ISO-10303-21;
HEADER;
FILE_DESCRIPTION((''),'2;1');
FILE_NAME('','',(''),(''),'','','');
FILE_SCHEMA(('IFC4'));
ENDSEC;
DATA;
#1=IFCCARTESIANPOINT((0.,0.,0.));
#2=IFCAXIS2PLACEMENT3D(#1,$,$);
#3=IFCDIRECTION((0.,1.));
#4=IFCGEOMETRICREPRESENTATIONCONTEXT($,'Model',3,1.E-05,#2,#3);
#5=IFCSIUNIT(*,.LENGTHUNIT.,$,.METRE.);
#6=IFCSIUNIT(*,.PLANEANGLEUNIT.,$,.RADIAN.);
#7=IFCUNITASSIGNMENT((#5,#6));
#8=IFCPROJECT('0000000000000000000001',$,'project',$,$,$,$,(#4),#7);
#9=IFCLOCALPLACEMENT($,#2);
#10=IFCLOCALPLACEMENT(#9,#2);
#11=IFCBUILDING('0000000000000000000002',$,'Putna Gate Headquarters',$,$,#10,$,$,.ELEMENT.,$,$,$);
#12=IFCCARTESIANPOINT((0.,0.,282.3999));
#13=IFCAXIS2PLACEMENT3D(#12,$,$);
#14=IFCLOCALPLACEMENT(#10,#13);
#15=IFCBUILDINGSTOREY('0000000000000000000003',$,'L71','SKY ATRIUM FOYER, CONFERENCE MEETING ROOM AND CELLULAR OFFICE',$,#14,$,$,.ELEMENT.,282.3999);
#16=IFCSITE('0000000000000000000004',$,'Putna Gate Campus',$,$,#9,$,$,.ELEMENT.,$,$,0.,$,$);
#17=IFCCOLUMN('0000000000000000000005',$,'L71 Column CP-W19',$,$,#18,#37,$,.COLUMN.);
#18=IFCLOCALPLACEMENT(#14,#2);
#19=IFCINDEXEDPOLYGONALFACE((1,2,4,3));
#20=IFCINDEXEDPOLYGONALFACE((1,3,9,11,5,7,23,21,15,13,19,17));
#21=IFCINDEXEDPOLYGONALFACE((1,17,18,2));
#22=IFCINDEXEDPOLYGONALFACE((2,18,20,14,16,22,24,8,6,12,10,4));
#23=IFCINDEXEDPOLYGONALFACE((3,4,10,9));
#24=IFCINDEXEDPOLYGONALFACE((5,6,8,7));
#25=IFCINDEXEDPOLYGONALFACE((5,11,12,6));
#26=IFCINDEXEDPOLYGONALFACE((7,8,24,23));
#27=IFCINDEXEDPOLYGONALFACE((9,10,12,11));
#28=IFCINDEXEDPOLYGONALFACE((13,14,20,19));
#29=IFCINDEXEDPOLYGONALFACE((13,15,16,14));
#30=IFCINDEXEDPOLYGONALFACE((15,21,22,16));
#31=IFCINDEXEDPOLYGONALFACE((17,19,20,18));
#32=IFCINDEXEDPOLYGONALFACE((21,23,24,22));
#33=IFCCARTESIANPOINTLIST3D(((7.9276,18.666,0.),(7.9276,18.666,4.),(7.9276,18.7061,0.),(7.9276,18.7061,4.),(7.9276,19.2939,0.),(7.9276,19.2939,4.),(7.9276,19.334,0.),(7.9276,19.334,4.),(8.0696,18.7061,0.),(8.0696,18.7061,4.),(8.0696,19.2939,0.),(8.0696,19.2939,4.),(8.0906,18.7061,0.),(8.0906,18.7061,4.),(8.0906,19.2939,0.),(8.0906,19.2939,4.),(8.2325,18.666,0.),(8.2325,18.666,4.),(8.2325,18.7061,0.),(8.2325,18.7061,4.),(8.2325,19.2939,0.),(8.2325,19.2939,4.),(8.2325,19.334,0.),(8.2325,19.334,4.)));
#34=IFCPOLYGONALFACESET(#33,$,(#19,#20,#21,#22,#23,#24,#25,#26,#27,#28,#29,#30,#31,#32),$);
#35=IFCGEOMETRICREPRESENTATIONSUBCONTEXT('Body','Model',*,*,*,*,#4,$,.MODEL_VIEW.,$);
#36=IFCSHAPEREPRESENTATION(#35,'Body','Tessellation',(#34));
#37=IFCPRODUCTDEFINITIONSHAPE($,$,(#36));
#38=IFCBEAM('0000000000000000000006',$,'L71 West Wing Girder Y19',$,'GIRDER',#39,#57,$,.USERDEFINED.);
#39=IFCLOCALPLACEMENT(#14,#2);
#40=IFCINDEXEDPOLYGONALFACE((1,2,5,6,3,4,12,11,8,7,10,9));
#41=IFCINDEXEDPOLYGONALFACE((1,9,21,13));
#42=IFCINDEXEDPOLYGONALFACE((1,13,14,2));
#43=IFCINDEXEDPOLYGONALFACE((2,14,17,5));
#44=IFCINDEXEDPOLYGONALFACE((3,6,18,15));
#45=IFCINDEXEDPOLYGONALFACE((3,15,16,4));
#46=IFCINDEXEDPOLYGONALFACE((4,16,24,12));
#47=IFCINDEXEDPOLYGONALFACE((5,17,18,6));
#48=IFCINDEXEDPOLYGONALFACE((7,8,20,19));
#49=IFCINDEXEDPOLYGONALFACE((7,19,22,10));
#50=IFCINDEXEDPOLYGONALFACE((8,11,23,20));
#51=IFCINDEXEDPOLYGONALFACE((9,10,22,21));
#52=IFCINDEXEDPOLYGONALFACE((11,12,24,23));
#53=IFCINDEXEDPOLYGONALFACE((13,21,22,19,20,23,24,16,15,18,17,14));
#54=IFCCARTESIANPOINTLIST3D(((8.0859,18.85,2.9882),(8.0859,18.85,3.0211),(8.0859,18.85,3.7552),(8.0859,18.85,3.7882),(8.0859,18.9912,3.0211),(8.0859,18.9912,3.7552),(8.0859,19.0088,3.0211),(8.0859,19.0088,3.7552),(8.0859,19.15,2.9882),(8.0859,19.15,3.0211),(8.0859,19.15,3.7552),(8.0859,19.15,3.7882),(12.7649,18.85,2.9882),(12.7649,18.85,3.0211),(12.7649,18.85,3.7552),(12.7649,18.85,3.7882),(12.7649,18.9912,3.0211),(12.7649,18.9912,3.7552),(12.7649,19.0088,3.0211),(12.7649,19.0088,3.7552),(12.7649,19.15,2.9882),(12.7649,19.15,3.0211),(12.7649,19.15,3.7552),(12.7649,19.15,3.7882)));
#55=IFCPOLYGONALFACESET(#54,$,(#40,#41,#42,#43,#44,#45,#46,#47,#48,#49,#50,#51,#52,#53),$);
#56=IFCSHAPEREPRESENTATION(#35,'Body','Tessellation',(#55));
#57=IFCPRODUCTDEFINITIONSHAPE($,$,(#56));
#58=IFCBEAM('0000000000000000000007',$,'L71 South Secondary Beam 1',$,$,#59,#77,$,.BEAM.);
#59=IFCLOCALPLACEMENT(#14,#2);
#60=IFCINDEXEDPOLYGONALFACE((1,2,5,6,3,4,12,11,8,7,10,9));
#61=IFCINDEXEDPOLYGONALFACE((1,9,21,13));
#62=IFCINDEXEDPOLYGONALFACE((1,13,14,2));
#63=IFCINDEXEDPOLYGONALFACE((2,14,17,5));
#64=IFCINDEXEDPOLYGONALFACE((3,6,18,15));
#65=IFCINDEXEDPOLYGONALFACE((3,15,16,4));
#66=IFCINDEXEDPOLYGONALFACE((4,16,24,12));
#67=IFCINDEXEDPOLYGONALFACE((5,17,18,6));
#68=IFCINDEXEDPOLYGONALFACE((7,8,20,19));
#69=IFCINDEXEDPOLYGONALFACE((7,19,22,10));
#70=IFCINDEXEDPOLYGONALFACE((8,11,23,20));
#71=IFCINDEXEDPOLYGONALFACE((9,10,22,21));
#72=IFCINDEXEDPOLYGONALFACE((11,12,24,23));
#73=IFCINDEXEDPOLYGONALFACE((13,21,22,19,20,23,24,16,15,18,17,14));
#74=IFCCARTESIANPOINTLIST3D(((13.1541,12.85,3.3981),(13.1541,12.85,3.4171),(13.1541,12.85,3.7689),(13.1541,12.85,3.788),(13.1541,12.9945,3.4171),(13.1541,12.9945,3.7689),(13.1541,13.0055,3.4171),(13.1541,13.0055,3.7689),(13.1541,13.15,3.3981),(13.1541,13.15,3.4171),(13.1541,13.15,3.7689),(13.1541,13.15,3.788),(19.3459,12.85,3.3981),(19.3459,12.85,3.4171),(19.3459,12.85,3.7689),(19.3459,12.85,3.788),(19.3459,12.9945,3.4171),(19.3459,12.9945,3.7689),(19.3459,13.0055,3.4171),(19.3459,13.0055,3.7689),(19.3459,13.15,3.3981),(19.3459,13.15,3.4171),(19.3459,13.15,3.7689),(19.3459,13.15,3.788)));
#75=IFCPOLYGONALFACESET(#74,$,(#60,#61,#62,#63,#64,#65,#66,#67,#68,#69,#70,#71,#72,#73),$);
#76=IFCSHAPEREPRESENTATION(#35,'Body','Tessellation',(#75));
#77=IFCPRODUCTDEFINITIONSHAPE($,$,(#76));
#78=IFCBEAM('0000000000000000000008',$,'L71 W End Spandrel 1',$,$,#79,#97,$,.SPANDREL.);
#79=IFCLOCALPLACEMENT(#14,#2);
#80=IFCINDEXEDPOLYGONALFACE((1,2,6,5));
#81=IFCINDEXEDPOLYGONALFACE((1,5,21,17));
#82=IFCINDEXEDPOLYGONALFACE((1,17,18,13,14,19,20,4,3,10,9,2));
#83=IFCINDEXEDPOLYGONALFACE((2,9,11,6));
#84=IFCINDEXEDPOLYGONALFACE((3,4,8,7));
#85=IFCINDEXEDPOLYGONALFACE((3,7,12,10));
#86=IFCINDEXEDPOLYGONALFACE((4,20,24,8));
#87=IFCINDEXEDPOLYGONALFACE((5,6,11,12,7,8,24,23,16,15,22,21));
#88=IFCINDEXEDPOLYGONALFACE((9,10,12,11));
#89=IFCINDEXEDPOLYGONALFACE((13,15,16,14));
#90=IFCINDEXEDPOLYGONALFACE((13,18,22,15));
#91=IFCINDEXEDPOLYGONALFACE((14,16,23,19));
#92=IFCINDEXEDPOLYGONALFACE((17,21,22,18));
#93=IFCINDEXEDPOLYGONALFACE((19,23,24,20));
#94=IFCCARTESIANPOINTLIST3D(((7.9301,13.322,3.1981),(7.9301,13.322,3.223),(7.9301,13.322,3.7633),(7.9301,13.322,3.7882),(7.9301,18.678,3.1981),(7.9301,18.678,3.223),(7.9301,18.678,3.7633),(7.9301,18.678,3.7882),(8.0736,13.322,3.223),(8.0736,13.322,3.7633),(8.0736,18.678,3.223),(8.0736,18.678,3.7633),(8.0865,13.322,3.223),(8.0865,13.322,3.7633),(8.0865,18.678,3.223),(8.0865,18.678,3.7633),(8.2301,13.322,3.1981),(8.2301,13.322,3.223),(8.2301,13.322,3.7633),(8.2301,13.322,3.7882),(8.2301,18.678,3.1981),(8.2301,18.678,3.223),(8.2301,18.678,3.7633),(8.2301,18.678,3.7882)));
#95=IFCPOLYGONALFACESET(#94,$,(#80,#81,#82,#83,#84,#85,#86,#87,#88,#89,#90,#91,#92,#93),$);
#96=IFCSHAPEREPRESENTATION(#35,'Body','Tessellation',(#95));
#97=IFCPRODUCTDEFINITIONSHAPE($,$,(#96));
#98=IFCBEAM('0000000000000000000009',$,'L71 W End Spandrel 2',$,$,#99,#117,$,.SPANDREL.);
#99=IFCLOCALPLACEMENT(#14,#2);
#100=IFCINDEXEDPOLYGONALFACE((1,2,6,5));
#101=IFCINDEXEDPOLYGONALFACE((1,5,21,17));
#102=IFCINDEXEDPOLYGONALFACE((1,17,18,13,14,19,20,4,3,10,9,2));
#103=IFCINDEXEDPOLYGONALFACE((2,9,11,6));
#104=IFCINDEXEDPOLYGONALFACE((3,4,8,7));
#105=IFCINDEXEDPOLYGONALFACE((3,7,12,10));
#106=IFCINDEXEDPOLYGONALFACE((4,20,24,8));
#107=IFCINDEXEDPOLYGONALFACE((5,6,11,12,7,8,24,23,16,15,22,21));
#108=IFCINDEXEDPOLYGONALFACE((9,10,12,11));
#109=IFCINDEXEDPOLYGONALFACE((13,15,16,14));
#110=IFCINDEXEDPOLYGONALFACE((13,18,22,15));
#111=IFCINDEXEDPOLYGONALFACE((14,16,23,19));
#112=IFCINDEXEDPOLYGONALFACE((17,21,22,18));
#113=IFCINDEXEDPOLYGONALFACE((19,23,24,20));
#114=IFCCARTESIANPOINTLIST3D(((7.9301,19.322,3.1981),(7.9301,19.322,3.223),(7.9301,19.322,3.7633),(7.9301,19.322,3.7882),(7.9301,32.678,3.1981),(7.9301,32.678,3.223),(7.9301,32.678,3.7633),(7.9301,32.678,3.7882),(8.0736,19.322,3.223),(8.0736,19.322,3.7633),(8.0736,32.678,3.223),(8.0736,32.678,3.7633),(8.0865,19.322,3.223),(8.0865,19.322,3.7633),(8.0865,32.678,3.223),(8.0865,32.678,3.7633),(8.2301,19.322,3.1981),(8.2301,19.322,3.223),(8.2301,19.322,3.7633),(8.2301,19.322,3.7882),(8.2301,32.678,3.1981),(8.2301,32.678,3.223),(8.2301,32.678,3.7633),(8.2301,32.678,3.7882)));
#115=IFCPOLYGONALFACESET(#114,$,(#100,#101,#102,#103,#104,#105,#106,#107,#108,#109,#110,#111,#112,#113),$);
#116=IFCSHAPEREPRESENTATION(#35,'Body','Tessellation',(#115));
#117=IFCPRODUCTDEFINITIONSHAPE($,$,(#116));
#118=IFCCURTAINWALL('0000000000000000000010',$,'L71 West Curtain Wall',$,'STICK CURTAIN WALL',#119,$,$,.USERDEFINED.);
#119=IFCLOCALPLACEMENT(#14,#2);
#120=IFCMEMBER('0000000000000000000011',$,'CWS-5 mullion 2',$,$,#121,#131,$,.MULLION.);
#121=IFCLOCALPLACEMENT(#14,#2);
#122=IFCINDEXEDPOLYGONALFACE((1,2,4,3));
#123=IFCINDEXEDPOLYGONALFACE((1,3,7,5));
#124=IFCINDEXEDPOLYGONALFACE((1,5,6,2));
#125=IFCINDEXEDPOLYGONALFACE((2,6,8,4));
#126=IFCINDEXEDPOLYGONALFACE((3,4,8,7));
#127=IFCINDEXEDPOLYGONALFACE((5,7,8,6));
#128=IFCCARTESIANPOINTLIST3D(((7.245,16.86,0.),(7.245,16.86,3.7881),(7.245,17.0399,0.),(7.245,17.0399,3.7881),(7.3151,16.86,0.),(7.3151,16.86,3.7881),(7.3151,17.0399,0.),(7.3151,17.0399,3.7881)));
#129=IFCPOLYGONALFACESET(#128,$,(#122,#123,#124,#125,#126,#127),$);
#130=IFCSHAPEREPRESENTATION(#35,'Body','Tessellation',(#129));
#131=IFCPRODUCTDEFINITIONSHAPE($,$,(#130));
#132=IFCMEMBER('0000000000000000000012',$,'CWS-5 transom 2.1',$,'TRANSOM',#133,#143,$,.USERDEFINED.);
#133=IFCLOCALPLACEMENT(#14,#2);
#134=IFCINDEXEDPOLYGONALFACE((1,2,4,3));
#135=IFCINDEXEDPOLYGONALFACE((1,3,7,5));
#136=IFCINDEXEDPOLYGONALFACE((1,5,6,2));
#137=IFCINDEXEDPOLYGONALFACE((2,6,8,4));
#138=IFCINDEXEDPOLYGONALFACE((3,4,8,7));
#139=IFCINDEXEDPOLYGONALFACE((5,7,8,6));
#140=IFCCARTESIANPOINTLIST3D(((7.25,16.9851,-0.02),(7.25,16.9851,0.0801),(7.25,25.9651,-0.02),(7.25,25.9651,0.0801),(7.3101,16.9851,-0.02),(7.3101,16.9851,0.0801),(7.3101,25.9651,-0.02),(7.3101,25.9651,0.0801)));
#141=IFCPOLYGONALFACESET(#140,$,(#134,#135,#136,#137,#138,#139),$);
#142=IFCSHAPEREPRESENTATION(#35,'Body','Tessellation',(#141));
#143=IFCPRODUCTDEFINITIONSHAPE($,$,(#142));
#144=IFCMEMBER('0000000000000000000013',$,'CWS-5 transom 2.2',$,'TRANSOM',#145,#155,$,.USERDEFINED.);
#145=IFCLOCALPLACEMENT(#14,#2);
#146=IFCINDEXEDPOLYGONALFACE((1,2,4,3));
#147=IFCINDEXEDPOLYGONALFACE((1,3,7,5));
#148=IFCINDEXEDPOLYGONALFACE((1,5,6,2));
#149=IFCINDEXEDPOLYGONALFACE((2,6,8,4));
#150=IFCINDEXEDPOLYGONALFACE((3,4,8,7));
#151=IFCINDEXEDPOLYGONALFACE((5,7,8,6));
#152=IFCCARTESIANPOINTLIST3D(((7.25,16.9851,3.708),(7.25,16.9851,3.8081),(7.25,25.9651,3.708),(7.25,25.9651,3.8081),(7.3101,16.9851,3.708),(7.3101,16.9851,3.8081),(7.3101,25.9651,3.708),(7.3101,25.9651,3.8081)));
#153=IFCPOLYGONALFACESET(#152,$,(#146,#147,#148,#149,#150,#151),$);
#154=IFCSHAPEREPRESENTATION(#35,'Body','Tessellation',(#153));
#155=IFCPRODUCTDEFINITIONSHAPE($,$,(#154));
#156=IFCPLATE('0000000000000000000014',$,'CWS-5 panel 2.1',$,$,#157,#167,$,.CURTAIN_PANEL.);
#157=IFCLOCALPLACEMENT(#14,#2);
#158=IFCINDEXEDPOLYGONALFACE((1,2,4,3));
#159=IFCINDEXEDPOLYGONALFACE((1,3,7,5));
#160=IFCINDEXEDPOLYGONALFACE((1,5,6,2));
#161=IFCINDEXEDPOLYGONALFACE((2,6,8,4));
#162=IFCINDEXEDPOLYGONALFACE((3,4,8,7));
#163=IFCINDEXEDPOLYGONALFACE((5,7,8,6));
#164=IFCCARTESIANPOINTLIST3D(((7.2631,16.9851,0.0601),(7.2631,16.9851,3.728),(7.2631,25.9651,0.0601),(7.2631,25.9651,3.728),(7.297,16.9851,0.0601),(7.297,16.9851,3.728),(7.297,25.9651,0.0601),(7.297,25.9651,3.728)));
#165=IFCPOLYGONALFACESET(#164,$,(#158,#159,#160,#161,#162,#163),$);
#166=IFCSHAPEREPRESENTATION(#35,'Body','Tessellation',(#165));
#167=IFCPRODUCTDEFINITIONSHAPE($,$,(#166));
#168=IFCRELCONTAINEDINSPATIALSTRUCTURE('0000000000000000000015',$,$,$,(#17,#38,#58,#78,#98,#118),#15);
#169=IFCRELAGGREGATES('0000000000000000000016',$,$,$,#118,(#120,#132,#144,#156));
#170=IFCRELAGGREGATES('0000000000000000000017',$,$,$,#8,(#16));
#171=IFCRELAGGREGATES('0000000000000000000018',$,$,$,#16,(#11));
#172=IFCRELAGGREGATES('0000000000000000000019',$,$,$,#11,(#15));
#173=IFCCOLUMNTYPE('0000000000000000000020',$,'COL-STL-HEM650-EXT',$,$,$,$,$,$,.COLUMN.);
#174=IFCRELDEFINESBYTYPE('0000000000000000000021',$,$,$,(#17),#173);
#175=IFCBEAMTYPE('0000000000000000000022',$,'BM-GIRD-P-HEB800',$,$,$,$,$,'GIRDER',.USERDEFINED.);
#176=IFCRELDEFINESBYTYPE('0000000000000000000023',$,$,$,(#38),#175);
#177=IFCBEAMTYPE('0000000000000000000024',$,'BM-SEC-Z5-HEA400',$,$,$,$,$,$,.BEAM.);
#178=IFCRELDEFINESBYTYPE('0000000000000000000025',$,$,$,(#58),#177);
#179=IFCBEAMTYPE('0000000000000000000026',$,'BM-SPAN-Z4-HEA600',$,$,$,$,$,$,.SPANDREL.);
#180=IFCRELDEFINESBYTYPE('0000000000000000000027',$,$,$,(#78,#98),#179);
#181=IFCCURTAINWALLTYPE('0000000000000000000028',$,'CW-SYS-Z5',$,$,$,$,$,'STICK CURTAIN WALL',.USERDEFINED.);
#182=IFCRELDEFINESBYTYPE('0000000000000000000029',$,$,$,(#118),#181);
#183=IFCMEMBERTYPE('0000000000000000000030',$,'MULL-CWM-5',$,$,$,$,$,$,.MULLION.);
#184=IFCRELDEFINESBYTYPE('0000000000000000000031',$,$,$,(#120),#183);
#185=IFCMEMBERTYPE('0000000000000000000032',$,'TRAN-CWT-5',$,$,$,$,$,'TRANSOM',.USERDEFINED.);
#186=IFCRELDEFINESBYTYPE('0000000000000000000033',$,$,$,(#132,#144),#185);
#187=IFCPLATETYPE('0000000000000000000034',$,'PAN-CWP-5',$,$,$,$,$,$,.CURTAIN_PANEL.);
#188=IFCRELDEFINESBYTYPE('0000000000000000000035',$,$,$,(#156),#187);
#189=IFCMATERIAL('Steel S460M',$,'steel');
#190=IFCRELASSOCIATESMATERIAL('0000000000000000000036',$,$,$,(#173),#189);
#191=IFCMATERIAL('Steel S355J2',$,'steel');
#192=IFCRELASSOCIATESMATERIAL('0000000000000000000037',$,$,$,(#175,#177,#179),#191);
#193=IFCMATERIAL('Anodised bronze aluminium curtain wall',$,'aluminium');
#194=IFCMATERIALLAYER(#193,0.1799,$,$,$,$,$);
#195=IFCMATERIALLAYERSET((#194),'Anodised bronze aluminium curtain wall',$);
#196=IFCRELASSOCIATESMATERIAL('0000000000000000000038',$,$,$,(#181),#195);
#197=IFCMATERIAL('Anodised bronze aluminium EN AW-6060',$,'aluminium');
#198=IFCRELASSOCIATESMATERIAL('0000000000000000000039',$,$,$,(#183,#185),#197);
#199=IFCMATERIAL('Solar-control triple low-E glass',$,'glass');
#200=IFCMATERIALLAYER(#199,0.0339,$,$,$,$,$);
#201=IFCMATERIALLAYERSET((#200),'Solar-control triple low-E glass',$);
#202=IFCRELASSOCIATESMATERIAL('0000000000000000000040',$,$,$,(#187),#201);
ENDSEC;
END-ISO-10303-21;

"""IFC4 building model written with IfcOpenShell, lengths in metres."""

from ifc_helpers import new_model, si_unit, direction, frame, origin, origin_2d, place, context, subcontext, project, spatial, rectangle, i_section, extrude, material, layer, layer_set, material_profile, profile_set, type_object, element, aggregate, save


model = new_model("IFC4")

# Units and contexts
model_context = context("Model", 3, precision=1e-05, world=origin(), true_north=direction((0.0, 1.0)))
body_context = subcontext(model_context, "Body", "Model", "MODEL_VIEW")
ifc_project = project(units=[si_unit("LENGTHUNIT", "METRE"), si_unit("PLANEANGLEUNIT", "RADIAN")], contexts=[model_context])

# Site, building, storey
site_placement = place(None, origin())
site = spatial("IfcSite", under=ifc_project, at=site_placement, Name="Putna Gate Campus", CompositionType="ELEMENT", RefElevation=0.0)
building_placement = place(site_placement, origin())
building = spatial("IfcBuilding", under=site, at=building_placement, Name="Putna Gate Headquarters", CompositionType="ELEMENT")
storey_placement = place(building_placement, frame((0.0, 0.0, 282.3999)))
storey = spatial("IfcBuildingStorey", under=building, at=storey_placement, Name="L71", Description="SKY ATRIUM FOYER, CONFERENCE MEETING ROOM AND CELLULAR OFFICE", CompositionType="ELEMENT", Elevation=282.3999)

# Column
ifc_material_1 = material(Name="Steel S460M", Category="steel")
ifc_material_profile_1 = material_profile(ifc_material_1, i_section(OverallWidth=0.3049, OverallDepth=0.668, WebThickness=0.021, FlangeThickness=0.04, at=origin_2d()), Name="Steel S460M")
ifc_profile_set_1 = profile_set([ifc_material_profile_1], Name="Steel S460M")
column_type = type_object("IfcColumnType", Name="COL-STL-HEM650-EXT", PredefinedType="COLUMN", material=ifc_profile_set_1)
column_placement = place(storey_placement, frame((8.0801, 19.0, 0.0), z_axis=(0.0, 0.0, 1.0), x_axis=(1.0, 0.0, 0.0)))
element("IfcColumn", 1, at=column_placement, inside=storey, type_object=column_type, Name="L71 Column CP-W19", PredefinedType="COLUMN", context=body_context, shape_type="SweptSolid", body=[
    extrude(i_section(OverallWidth=0.3049, OverallDepth=0.668, WebThickness=0.021, FlangeThickness=0.04, at=origin_2d()), origin(), (0.0, 0.0, 1.0), 4.0),
])

# Beams
ifc_material_2 = material(Name="Steel S355J2", Category="steel")
ifc_material_profile_2 = material_profile(ifc_material_2, i_section(OverallWidth=0.3, OverallDepth=0.8, WebThickness=0.0176, FlangeThickness=0.033, at=origin_2d()), Name="Steel S355J2")
ifc_profile_set_2 = profile_set([ifc_material_profile_2], Name="Steel S355J2")
beam_type_1 = type_object("IfcBeamType", Name="BM-GIRD-P-HEB800", ElementType="GIRDER", PredefinedType="USERDEFINED", material=ifc_profile_set_2)
beam_1_placement = place(storey_placement, frame((8.0859, 19.0, 3.3882), z_axis=(1.0, 0.0, 0.0), x_axis=(0.0, 1.0, 0.0)))
element("IfcBeam", 2, at=beam_1_placement, inside=storey, type_object=beam_type_1, Name="L71 West Wing Girder Y19", ObjectType="GIRDER", PredefinedType="USERDEFINED", context=body_context, shape_type="SweptSolid", body=[
    extrude(i_section(OverallWidth=0.3, OverallDepth=0.8, WebThickness=0.0176, FlangeThickness=0.033, at=origin_2d()), origin(), (0.0, 0.0, 1.0), 4.679),
])
ifc_material_profile_3 = material_profile(ifc_material_2, i_section(OverallWidth=0.3, OverallDepth=0.3899, WebThickness=0.011, FlangeThickness=0.019, at=origin_2d()), Name="Steel S355J2")
ifc_profile_set_3 = profile_set([ifc_material_profile_3], Name="Steel S355J2")
beam_type_2 = type_object("IfcBeamType", Name="BM-SEC-Z5-HEA400", PredefinedType="BEAM", material=ifc_profile_set_3)
beam_2_placement = place(storey_placement, frame((13.1541, 13.0, 3.593), z_axis=(1.0, 0.0, 0.0), x_axis=(0.0, 1.0, 0.0)))
element("IfcBeam", 3, at=beam_2_placement, inside=storey, type_object=beam_type_2, Name="L71 South Secondary Beam 1", PredefinedType="BEAM", context=body_context, shape_type="SweptSolid", body=[
    extrude(i_section(OverallWidth=0.3, OverallDepth=0.3899, WebThickness=0.011, FlangeThickness=0.019, at=origin_2d()), origin(), (0.0, 0.0, 1.0), 6.1919),
])
ifc_material_profile_4 = material_profile(ifc_material_2, i_section(OverallWidth=0.3, OverallDepth=0.5901, WebThickness=0.0129, FlangeThickness=0.0249, at=origin_2d()), Name="Steel S355J2")
ifc_profile_set_4 = profile_set([ifc_material_profile_4], Name="Steel S355J2")
beam_type_3 = type_object("IfcBeamType", Name="BM-SPAN-Z4-HEA600", PredefinedType="SPANDREL", material=ifc_profile_set_4)
beam_3_placement = place(storey_placement, frame((8.0801, 13.322, 3.4932), z_axis=(0.0, 1.0, 0.0), x_axis=(-1.0, 0.0, 0.0)))
element("IfcBeam", 4, at=beam_3_placement, inside=storey, type_object=beam_type_3, Name="L71 W End Spandrel 1", PredefinedType="SPANDREL", context=body_context, shape_type="SweptSolid", body=[
    extrude(i_section(OverallWidth=0.3, OverallDepth=0.5901, WebThickness=0.0129, FlangeThickness=0.0249, at=origin_2d()), origin(), (0.0, 0.0, 1.0), 5.356),
])
beam_4_placement = place(storey_placement, frame((8.0801, 19.322, 3.4932), z_axis=(0.0, 1.0, 0.0), x_axis=(-1.0, 0.0, 0.0)))
element("IfcBeam", 5, at=beam_4_placement, inside=storey, type_object=beam_type_3, Name="L71 W End Spandrel 2", PredefinedType="SPANDREL", context=body_context, shape_type="SweptSolid", body=[
    extrude(i_section(OverallWidth=0.3, OverallDepth=0.5901, WebThickness=0.0129, FlangeThickness=0.0249, at=origin_2d()), origin(), (0.0, 0.0, 1.0), 13.356),
])

# Curtain wall, members, plate
ifc_material_3 = material(Name="Anodised bronze aluminium curtain wall", Category="aluminium")
ifc_layer_1 = layer(ifc_material_3, 0.1799)
ifc_layer_set_1 = layer_set([ifc_layer_1], Name="Anodised bronze aluminium curtain wall")
curtain_wall_type = type_object("IfcCurtainWallType", Name="CW-SYS-Z5", ElementType="STICK CURTAIN WALL", PredefinedType="USERDEFINED", material=ifc_layer_set_1)
curtain_wall_placement = place(storey_placement, origin())
curtain_wall = element("IfcCurtainWall", 6, at=curtain_wall_placement, inside=storey, type_object=curtain_wall_type, Name="L71 West Curtain Wall", ObjectType="STICK CURTAIN WALL", PredefinedType="USERDEFINED")
ifc_material_4 = material(Name="Anodised bronze aluminium EN AW-6060", Category="aluminium")
ifc_material_profile_5 = material_profile(ifc_material_4, rectangle(XDim=0.0701, YDim=0.1799, at=origin_2d()), Name="Anodised bronze aluminium EN AW-6060")
ifc_profile_set_5 = profile_set([ifc_material_profile_5], Name="Anodised bronze aluminium EN AW-6060")
member_type_1 = type_object("IfcMemberType", Name="MULL-CWM-5", PredefinedType="MULLION", material=ifc_profile_set_5)
member_1_placement = place(storey_placement, frame((7.28, 16.95, 0.0), z_axis=(0.0, 0.0, 1.0), x_axis=(-1.0, 0.0, 0.0)))
member_1 = element("IfcMember", 7, at=member_1_placement, type_object=member_type_1, Name="CWS-5 mullion 2", PredefinedType="MULLION", context=body_context, shape_type="SweptSolid", body=[
    extrude(rectangle(XDim=0.0701, YDim=0.1799, at=origin_2d()), origin(), (0.0, 0.0, 1.0), 3.7881),
])
ifc_material_profile_6 = material_profile(ifc_material_4, rectangle(XDim=0.0601, YDim=0.1001, at=origin_2d()), Name="Anodised bronze aluminium EN AW-6060")
ifc_profile_set_6 = profile_set([ifc_material_profile_6], Name="Anodised bronze aluminium EN AW-6060")
member_type_2 = type_object("IfcMemberType", Name="TRAN-CWT-5", ElementType="TRANSOM", PredefinedType="USERDEFINED", material=ifc_profile_set_6)
member_2_placement = place(storey_placement, frame((7.28, 16.9851, 0.03), z_axis=(0.0, 1.0, 0.0), x_axis=(-1.0, 0.0, 0.0)))
member_2 = element("IfcMember", 8, at=member_2_placement, type_object=member_type_2, Name="CWS-5 transom 2.1", ObjectType="TRANSOM", PredefinedType="USERDEFINED", context=body_context, shape_type="SweptSolid", body=[
    extrude(rectangle(XDim=0.0601, YDim=0.1001, at=origin_2d()), origin(), (0.0, 0.0, 1.0), 8.98),
])
member_3_placement = place(storey_placement, frame((7.28, 16.9851, 3.7581), z_axis=(0.0, 1.0, 0.0), x_axis=(-1.0, 0.0, 0.0)))
member_3 = element("IfcMember", 9, at=member_3_placement, type_object=member_type_2, Name="CWS-5 transom 2.2", ObjectType="TRANSOM", PredefinedType="USERDEFINED", context=body_context, shape_type="SweptSolid", body=[
    extrude(rectangle(XDim=0.0601, YDim=0.1001, at=origin_2d()), origin(), (0.0, 0.0, 1.0), 8.98),
])
ifc_material_5 = material(Name="Solar-control triple low-E glass", Category="glass")
ifc_layer_2 = layer(ifc_material_5, 0.0339)
ifc_layer_set_2 = layer_set([ifc_layer_2], Name="Solar-control triple low-E glass")
plate_type = type_object("IfcPlateType", Name="PAN-CWP-5", PredefinedType="CURTAIN_PANEL", material=ifc_layer_set_2)
plate_placement = place(storey_placement, frame((7.28, 21.4751, 0.0601), z_axis=(0.0, 0.0, 1.0), x_axis=(0.0, 1.0, 0.0)))
plate = element("IfcPlate", 10, at=plate_placement, type_object=plate_type, Name="CWS-5 panel 2.1", PredefinedType="CURTAIN_PANEL", context=body_context, shape_type="SweptSolid", body=[
    extrude(rectangle(XDim=8.98, YDim=0.0339, at=origin_2d()), origin(), (0.0, 0.0, 1.0), 3.668),
])
aggregate(curtain_wall, [member_1, member_2, member_3, plate])

save(model, "model.ifc")
